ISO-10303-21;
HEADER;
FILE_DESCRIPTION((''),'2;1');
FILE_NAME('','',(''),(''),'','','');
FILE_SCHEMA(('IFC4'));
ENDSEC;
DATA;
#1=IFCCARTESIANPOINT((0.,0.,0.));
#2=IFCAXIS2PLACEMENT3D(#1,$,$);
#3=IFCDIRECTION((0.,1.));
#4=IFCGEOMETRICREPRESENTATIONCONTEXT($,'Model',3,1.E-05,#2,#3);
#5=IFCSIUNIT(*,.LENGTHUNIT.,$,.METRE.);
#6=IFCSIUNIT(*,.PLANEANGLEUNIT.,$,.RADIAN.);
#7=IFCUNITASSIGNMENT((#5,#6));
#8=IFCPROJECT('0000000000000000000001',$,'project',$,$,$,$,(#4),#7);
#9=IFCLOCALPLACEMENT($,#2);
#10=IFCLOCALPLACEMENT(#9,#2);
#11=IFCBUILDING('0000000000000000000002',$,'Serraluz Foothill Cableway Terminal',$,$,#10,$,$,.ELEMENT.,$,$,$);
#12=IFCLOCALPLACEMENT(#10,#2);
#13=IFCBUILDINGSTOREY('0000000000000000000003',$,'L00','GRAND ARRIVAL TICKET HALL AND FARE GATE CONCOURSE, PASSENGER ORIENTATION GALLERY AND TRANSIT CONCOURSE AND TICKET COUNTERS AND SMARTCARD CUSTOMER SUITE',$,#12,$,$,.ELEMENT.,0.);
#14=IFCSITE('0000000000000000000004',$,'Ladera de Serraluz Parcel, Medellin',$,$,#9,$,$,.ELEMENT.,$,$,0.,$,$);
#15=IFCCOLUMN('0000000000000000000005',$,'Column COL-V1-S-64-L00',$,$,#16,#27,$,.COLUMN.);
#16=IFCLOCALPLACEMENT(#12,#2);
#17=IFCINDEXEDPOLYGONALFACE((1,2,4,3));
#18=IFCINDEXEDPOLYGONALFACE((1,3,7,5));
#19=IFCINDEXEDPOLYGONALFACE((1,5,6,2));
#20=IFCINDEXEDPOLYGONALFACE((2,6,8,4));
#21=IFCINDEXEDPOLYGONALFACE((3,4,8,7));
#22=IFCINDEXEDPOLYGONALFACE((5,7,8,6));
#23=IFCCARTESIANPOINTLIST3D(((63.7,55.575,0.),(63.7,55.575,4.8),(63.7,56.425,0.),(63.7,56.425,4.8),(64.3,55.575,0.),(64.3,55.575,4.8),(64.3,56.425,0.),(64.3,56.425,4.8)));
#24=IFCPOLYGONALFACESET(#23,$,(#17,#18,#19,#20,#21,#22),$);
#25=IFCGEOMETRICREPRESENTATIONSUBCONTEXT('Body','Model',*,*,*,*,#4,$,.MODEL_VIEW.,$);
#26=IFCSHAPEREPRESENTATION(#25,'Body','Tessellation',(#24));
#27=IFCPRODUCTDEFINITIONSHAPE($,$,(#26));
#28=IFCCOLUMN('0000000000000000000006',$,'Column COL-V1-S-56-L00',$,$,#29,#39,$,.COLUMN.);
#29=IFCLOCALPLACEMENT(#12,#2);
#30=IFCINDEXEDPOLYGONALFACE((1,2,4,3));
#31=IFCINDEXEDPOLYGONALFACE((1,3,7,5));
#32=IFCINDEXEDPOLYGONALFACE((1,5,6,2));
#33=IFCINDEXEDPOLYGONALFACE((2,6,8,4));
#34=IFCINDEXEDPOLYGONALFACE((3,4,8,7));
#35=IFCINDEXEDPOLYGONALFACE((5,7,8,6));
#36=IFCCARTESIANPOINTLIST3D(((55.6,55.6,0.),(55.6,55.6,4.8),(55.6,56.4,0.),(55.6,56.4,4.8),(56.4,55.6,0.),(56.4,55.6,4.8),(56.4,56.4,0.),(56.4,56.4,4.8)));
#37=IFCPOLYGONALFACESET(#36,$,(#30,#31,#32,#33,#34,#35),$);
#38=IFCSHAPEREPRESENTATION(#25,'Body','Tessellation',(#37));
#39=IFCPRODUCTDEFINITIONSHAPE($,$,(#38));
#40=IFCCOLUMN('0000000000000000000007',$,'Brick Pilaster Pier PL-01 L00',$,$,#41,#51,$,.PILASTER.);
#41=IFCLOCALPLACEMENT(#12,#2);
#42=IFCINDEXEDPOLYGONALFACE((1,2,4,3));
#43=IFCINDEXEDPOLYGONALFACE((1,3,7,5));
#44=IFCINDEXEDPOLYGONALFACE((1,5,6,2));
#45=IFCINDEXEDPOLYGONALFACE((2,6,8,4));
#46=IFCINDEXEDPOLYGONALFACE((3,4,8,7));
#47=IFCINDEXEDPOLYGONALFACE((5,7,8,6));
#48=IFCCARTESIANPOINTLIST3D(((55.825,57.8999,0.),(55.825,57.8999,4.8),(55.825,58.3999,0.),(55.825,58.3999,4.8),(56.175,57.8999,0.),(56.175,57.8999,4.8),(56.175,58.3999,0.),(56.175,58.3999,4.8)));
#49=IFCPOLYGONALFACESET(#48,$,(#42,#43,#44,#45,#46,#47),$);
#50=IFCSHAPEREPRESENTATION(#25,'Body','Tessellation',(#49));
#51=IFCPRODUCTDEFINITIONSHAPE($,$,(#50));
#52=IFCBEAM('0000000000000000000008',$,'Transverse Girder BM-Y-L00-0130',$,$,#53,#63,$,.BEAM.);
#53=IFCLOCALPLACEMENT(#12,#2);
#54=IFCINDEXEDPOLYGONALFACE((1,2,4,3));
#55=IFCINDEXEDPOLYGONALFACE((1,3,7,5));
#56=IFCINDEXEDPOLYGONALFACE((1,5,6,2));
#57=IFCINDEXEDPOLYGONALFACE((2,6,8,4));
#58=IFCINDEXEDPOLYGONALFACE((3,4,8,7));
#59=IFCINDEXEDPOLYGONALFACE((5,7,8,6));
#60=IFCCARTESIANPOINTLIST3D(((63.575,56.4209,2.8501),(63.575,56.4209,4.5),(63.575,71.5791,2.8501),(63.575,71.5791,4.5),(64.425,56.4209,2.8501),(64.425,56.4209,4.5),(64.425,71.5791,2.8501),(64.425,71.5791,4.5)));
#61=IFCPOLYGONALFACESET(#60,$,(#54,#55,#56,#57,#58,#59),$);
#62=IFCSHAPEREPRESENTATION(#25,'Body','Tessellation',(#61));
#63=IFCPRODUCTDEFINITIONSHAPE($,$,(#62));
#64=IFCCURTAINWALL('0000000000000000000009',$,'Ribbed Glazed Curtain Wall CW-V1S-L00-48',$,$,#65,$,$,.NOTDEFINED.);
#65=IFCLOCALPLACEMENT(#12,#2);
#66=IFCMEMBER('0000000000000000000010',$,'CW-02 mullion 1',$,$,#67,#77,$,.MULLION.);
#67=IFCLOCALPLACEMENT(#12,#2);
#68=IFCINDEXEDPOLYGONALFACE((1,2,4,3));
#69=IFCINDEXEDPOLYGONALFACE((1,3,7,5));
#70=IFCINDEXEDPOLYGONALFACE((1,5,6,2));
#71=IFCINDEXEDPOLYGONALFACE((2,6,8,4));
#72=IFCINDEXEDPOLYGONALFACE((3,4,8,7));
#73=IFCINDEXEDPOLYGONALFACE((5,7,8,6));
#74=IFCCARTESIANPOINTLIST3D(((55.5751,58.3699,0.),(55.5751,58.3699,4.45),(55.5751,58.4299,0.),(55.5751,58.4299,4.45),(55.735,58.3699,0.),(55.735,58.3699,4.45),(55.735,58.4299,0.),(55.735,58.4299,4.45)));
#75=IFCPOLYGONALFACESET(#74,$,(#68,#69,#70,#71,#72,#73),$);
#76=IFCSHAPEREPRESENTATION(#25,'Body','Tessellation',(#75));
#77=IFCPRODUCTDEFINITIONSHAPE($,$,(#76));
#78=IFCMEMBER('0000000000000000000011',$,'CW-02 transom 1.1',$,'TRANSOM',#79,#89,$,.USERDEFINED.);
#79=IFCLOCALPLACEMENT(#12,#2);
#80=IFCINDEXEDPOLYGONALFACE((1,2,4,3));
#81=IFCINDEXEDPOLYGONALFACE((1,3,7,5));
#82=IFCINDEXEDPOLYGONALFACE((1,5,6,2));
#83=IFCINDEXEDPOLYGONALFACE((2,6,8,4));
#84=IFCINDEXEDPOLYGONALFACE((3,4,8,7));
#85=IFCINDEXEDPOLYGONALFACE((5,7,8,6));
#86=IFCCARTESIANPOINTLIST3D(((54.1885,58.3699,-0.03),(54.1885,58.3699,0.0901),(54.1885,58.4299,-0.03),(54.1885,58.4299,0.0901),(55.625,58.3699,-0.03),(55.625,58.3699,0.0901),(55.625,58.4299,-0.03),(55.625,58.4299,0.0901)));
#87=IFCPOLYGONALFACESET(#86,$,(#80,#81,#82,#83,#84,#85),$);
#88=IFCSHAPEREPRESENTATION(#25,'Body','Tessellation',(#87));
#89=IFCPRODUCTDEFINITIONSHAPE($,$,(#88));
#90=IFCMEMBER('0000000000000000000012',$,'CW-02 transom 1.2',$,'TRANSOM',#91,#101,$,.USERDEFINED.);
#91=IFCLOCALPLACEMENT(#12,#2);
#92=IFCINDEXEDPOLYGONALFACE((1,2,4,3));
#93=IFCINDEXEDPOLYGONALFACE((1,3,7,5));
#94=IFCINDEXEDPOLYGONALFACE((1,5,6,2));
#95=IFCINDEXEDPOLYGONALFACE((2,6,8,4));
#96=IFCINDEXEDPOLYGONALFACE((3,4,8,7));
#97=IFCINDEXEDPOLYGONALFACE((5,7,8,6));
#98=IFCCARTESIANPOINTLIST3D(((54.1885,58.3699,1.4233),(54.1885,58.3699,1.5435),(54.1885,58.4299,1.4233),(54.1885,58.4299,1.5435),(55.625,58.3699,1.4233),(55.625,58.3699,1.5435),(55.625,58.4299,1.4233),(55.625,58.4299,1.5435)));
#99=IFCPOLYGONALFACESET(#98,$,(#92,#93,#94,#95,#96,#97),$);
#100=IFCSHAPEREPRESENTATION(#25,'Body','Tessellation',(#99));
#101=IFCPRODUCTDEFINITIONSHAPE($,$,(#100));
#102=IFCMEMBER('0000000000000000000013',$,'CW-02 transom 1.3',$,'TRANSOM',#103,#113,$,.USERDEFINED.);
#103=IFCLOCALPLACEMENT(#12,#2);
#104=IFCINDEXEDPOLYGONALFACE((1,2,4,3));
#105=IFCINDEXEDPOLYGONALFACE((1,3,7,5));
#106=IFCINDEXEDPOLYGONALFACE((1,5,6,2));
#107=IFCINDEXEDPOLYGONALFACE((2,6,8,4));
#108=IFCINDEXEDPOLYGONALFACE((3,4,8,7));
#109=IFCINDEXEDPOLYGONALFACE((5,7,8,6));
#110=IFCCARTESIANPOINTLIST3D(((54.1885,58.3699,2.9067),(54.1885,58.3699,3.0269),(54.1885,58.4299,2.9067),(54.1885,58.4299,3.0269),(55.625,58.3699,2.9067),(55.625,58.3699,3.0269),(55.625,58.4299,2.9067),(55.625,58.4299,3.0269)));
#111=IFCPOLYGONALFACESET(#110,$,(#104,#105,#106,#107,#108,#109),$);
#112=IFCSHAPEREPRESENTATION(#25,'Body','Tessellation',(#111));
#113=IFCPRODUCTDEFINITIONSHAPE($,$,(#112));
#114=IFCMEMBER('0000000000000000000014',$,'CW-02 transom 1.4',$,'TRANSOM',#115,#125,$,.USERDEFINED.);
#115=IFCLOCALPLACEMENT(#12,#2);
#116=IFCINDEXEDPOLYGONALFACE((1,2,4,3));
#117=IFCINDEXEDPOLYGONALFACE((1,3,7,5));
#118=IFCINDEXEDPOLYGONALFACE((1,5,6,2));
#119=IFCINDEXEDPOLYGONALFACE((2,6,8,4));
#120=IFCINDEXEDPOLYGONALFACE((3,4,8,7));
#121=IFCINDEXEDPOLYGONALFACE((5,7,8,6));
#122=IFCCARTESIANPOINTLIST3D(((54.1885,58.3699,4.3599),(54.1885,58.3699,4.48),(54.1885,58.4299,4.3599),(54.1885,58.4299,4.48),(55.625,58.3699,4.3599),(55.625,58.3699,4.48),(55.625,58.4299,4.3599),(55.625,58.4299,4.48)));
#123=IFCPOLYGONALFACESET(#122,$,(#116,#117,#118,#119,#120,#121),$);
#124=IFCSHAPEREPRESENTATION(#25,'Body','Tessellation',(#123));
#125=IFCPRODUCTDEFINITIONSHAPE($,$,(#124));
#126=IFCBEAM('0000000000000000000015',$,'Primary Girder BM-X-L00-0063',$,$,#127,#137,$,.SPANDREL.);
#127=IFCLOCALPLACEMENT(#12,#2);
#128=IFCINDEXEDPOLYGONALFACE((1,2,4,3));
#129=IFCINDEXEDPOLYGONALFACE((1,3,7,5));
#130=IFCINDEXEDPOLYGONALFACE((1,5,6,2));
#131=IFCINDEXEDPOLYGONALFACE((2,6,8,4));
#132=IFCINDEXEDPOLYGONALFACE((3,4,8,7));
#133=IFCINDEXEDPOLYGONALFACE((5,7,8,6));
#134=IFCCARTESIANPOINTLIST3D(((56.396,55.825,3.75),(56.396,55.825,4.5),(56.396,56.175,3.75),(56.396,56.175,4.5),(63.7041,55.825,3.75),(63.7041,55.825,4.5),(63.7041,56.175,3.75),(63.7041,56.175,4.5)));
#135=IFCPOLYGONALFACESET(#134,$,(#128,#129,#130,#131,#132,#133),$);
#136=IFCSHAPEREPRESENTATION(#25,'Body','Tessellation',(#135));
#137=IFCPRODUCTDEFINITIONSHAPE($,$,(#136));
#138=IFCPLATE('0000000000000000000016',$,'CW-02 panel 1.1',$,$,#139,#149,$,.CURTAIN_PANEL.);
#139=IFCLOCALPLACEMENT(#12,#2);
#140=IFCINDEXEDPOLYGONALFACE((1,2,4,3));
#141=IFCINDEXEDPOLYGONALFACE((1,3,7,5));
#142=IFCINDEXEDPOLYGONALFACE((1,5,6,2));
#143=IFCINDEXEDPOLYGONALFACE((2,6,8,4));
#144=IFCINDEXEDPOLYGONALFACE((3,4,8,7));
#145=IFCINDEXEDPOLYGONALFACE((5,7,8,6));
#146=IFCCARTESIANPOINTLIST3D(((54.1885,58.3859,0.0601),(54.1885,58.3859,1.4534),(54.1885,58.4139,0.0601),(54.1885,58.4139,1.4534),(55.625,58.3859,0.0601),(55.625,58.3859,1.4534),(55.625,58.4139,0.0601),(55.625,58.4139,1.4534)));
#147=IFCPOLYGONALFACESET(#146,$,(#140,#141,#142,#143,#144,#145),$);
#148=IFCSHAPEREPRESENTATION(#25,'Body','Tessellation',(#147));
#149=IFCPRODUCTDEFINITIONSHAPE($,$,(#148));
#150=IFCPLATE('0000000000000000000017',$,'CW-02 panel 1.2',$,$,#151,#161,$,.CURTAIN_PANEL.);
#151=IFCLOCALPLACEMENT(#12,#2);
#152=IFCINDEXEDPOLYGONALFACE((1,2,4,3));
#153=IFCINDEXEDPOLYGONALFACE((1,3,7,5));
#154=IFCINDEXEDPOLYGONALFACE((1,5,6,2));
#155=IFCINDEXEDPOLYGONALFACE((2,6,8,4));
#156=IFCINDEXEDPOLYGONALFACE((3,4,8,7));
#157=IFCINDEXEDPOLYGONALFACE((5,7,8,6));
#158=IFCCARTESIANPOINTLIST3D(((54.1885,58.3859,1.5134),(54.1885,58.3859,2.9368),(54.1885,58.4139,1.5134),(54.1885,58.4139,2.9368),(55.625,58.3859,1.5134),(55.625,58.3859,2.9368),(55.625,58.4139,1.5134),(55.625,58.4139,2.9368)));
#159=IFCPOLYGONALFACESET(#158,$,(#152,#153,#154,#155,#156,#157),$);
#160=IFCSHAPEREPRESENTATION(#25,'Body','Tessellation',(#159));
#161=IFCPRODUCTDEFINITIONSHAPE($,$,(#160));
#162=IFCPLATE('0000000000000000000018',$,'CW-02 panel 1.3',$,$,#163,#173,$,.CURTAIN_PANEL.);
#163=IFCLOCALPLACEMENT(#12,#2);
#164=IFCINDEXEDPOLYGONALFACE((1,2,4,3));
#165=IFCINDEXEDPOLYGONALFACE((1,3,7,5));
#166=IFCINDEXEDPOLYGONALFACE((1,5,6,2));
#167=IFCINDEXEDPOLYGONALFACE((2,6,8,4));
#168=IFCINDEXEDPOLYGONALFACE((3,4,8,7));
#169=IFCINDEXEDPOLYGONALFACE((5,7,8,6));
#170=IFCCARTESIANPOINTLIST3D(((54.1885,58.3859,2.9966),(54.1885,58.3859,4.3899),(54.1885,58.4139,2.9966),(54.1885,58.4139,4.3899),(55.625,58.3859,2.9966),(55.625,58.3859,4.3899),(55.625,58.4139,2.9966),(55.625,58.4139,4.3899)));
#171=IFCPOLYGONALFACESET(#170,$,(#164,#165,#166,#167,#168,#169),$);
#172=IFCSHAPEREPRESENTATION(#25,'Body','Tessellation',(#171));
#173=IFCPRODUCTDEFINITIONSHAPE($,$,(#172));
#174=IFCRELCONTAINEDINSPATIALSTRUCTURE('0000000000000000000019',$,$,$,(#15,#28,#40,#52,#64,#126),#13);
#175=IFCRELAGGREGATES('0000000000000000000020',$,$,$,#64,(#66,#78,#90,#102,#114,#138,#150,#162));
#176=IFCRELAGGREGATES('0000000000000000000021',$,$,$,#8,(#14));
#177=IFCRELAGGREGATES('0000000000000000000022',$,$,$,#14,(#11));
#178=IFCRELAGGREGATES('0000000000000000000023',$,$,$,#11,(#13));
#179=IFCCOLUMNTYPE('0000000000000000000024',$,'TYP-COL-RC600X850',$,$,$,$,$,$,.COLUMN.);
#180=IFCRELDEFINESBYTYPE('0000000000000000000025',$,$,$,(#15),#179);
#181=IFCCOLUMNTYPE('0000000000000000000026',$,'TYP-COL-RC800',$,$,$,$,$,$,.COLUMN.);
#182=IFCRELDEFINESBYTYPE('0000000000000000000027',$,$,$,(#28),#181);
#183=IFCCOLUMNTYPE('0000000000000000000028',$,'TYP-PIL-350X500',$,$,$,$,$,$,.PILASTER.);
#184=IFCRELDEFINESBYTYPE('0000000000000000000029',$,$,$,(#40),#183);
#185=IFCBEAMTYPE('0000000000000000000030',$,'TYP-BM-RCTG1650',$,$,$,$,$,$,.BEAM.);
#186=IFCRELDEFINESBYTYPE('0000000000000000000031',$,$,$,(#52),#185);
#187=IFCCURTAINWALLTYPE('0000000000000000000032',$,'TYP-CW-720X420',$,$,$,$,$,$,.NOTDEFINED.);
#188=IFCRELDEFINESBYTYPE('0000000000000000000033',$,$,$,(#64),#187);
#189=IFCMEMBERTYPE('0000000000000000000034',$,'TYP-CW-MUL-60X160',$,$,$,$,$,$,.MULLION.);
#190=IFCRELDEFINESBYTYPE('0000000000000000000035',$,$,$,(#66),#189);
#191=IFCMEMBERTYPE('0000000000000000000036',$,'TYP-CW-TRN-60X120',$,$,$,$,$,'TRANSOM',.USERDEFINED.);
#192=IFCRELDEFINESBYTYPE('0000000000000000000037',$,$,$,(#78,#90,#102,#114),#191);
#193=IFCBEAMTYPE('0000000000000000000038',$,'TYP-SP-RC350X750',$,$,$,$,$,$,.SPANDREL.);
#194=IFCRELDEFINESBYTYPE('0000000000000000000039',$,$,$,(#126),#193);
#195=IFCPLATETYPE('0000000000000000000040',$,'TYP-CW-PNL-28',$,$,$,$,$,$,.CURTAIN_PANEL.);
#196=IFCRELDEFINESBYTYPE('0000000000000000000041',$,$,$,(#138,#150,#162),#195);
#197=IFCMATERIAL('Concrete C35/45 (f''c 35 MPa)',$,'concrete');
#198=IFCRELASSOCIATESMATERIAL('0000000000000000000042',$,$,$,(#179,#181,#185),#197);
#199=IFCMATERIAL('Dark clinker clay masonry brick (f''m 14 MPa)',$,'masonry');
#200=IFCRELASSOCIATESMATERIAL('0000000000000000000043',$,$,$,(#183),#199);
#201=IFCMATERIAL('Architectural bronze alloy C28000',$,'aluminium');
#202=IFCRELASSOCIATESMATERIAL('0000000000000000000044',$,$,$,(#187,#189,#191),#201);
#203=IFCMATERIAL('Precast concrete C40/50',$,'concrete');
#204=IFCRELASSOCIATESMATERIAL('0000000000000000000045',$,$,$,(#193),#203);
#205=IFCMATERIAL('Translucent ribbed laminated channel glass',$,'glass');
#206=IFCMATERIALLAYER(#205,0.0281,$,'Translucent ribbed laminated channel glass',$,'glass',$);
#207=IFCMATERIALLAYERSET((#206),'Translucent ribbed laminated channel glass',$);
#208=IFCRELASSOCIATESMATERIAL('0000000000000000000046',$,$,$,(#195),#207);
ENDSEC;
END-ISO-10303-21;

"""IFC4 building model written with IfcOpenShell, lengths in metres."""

from ifc_helpers import new_model, si_unit, direction, frame, origin, origin_2d, place, context, subcontext, project, spatial, rectangle, extrude, material, layer, layer_set, material_profile, profile_set, type_object, element, aggregate, save


model = new_model("IFC4")

# Units and contexts
model_context = context("Model", 3, precision=1e-05, world=origin(), true_north=direction((0.0, 1.0)))
body_context = subcontext(model_context, "Body", "Model", "MODEL_VIEW")
ifc_project = project(units=[si_unit("LENGTHUNIT", "METRE"), si_unit("PLANEANGLEUNIT", "RADIAN")], contexts=[model_context])

# Site, building, storey
site_placement = place(None, origin())
site = spatial("IfcSite", under=ifc_project, at=site_placement, Name="Ladera de Serraluz Parcel, Medellin", CompositionType="ELEMENT", RefElevation=0.0)
building_placement = place(site_placement, origin())
building = spatial("IfcBuilding", under=site, at=building_placement, Name="Serraluz Foothill Cableway Terminal", CompositionType="ELEMENT")
storey_placement = place(building_placement, origin())
storey = spatial("IfcBuildingStorey", under=building, at=storey_placement, Name="L00", Description="GRAND ARRIVAL TICKET HALL AND FARE GATE CONCOURSE, PASSENGER ORIENTATION GALLERY AND TRANSIT CONCOURSE AND TICKET COUNTERS AND SMARTCARD CUSTOMER SUITE", CompositionType="ELEMENT", Elevation=0.0)

# Shared definitions
ifc_material_1 = material(Name="Concrete C35/45 (f'c 35 MPa)", Category="concrete")

# Columns
ifc_material_profile_1 = material_profile(ifc_material_1, rectangle(XDim=0.6001, YDim=0.8501, at=origin_2d()), Name="RC 600x850")
ifc_profile_set_1 = profile_set([ifc_material_profile_1], Name="Concrete C35/45 (f'c 35 MPa)")
column_type_1 = type_object("IfcColumnType", Name="TYP-COL-RC600X850", PredefinedType="COLUMN", material=ifc_profile_set_1)
column_1_placement = place(storey_placement, frame((64.0, 56.0, 0.0), z_axis=(0.0, 0.0, 1.0), x_axis=(1.0, 0.0, 0.0)))
element("IfcColumn", 1, at=column_1_placement, inside=storey, type_object=column_type_1, Name="Column COL-V1-S-64-L00", PredefinedType="COLUMN", context=body_context, shape_type="SweptSolid", body=[
    extrude(rectangle(XDim=0.6001, YDim=0.8501, at=origin_2d()), origin(), (0.0, 0.0, 1.0), 4.8),
])
ifc_material_profile_2 = material_profile(ifc_material_1, rectangle(XDim=0.8, YDim=0.8, at=origin_2d()), Name="RC 800x800")
ifc_profile_set_2 = profile_set([ifc_material_profile_2], Name="Concrete C35/45 (f'c 35 MPa)")
column_type_2 = type_object("IfcColumnType", Name="TYP-COL-RC800", PredefinedType="COLUMN", material=ifc_profile_set_2)
column_2_placement = place(storey_placement, frame((56.0, 56.0, 0.0), z_axis=(0.0, 0.0, 1.0), x_axis=(1.0, 0.0, 0.0)))
element("IfcColumn", 2, at=column_2_placement, inside=storey, type_object=column_type_2, Name="Column COL-V1-S-56-L00", PredefinedType="COLUMN", context=body_context, shape_type="SweptSolid", body=[
    extrude(rectangle(XDim=0.8, YDim=0.8, at=origin_2d()), origin(), (0.0, 0.0, 1.0), 4.8),
])
ifc_material_2 = material(Name="Dark clinker clay masonry brick (f'm 14 MPa)", Category="masonry")
ifc_material_profile_3 = material_profile(ifc_material_2, rectangle(XDim=0.3501, YDim=0.5, at=origin_2d()), Name="PIL 350x500")
ifc_profile_set_3 = profile_set([ifc_material_profile_3], Name="Dark clinker clay masonry brick (f'm 14 MPa)")
column_type_3 = type_object("IfcColumnType", Name="TYP-PIL-350X500", PredefinedType="PILASTER", material=ifc_profile_set_3)
column_3_placement = place(storey_placement, frame((56.0, 58.1499, 0.0), z_axis=(0.0, 0.0, 1.0), x_axis=(1.0, 0.0, 0.0)))
element("IfcColumn", 3, at=column_3_placement, inside=storey, type_object=column_type_3, Name="Brick Pilaster Pier PL-01 L00", PredefinedType="PILASTER", context=body_context, shape_type="SweptSolid", body=[
    extrude(rectangle(XDim=0.3501, YDim=0.5, at=origin_2d()), origin(), (0.0, 0.0, 1.0), 4.8),
])

# Beam
ifc_material_profile_4 = material_profile(ifc_material_1, rectangle(XDim=0.8501, YDim=1.6499, at=origin_2d()), Name="RC TG 850x1650")
ifc_profile_set_4 = profile_set([ifc_material_profile_4], Name="Concrete C35/45 (f'c 35 MPa)")
beam_type_1 = type_object("IfcBeamType", Name="TYP-BM-RCTG1650", PredefinedType="BEAM", material=ifc_profile_set_4)
beam_1_placement = place(storey_placement, frame((64.0, 56.4209, 3.675), z_axis=(0.0, 1.0, 0.0), x_axis=(-1.0, 0.0, 0.0)))
element("IfcBeam", 4, at=beam_1_placement, inside=storey, type_object=beam_type_1, Name="Transverse Girder BM-Y-L00-0130", PredefinedType="BEAM", context=body_context, shape_type="SweptSolid", body=[
    extrude(rectangle(XDim=0.8501, YDim=1.6499, at=origin_2d()), origin(), (0.0, 0.0, 1.0), 15.1582),
])

# Curtain wall, members
ifc_material_3 = material(Name="Architectural bronze alloy C28000", Category="aluminium")
curtain_wall_type = type_object("IfcCurtainWallType", Name="TYP-CW-720X420", PredefinedType="NOTDEFINED", material=ifc_material_3)
curtain_wall_placement = place(storey_placement, origin())
curtain_wall = element("IfcCurtainWall", 5, at=curtain_wall_placement, inside=storey, type_object=curtain_wall_type, Name="Ribbed Glazed Curtain Wall CW-V1S-L00-48", PredefinedType="NOTDEFINED")
ifc_material_profile_5 = material_profile(ifc_material_3, rectangle(XDim=0.0601, YDim=0.1599, at=origin_2d()), Name="ALU MULLION 60x160")
ifc_profile_set_5 = profile_set([ifc_material_profile_5], Name="Architectural bronze alloy C28000")
member_type_1 = type_object("IfcMemberType", Name="TYP-CW-MUL-60X160", PredefinedType="MULLION", material=ifc_profile_set_5)
member_1_placement = place(storey_placement, frame((55.655, 58.3999, 0.0), z_axis=(0.0, 0.0, 1.0), x_axis=(0.0, -1.0, 0.0)))
member_1 = element("IfcMember", 6, at=member_1_placement, type_object=member_type_1, Name="CW-02 mullion 1", PredefinedType="MULLION", context=body_context, shape_type="SweptSolid", body=[
    extrude(rectangle(XDim=0.0601, YDim=0.1599, at=origin_2d()), origin(), (0.0, 0.0, 1.0), 4.45),
])
ifc_material_profile_6 = material_profile(ifc_material_3, rectangle(XDim=0.0601, YDim=0.1201, at=origin_2d()), Name="ALU TRANSOM 60x120")
ifc_profile_set_6 = profile_set([ifc_material_profile_6], Name="Architectural bronze alloy C28000")
member_type_2 = type_object("IfcMemberType", Name="TYP-CW-TRN-60X120", ElementType="TRANSOM", PredefinedType="USERDEFINED", material=ifc_profile_set_6)
member_2_placement = place(storey_placement, frame((55.625, 58.3999, 0.03), z_axis=(-1.0, 0.0, 0.0), x_axis=(0.0, -1.0, 0.0)))
member_2 = element("IfcMember", 7, at=member_2_placement, type_object=member_type_2, Name="CW-02 transom 1.1", ObjectType="TRANSOM", PredefinedType="USERDEFINED", context=body_context, shape_type="SweptSolid", body=[
    extrude(rectangle(XDim=0.0601, YDim=0.1201, at=origin_2d()), origin(), (0.0, 0.0, 1.0), 1.4365),
])
member_3_placement = place(storey_placement, frame((55.625, 58.3999, 1.4834), z_axis=(-1.0, 0.0, 0.0), x_axis=(0.0, -1.0, 0.0)))
member_3 = element("IfcMember", 8, at=member_3_placement, type_object=member_type_2, Name="CW-02 transom 1.2", ObjectType="TRANSOM", PredefinedType="USERDEFINED", context=body_context, shape_type="SweptSolid", body=[
    extrude(rectangle(XDim=0.0601, YDim=0.1201, at=origin_2d()), origin(), (0.0, 0.0, 1.0), 1.4365),
])
member_4_placement = place(storey_placement, frame((55.625, 58.3999, 2.9668), z_axis=(-1.0, 0.0, 0.0), x_axis=(0.0, -1.0, 0.0)))
member_4 = element("IfcMember", 9, at=member_4_placement, type_object=member_type_2, Name="CW-02 transom 1.3", ObjectType="TRANSOM", PredefinedType="USERDEFINED", context=body_context, shape_type="SweptSolid", body=[
    extrude(rectangle(XDim=0.0601, YDim=0.1201, at=origin_2d()), origin(), (0.0, 0.0, 1.0), 1.4365),
])
member_5_placement = place(storey_placement, frame((55.625, 58.3999, 4.4199), z_axis=(-1.0, 0.0, 0.0), x_axis=(0.0, -1.0, 0.0)))
member_5 = element("IfcMember", 10, at=member_5_placement, type_object=member_type_2, Name="CW-02 transom 1.4", ObjectType="TRANSOM", PredefinedType="USERDEFINED", context=body_context, shape_type="SweptSolid", body=[
    extrude(rectangle(XDim=0.0601, YDim=0.1201, at=origin_2d()), origin(), (0.0, 0.0, 1.0), 1.4365),
])

# Beam
ifc_material_4 = material(Name="Precast concrete C40/50", Category="concrete")
ifc_material_profile_7 = material_profile(ifc_material_4, rectangle(XDim=0.3501, YDim=0.75, at=origin_2d()), Name="RC SP 350x750")
ifc_profile_set_7 = profile_set([ifc_material_profile_7], Name="Precast concrete C40/50")
beam_type_2 = type_object("IfcBeamType", Name="TYP-SP-RC350X750", PredefinedType="SPANDREL", material=ifc_profile_set_7)
beam_2_placement = place(storey_placement, frame((56.396, 56.0, 4.125), z_axis=(1.0, 0.0, 0.0), x_axis=(0.0, 1.0, 0.0)))
element("IfcBeam", 11, at=beam_2_placement, inside=storey, type_object=beam_type_2, Name="Primary Girder BM-X-L00-0063", PredefinedType="SPANDREL", context=body_context, shape_type="SweptSolid", body=[
    extrude(rectangle(XDim=0.3501, YDim=0.75, at=origin_2d()), origin(), (0.0, 0.0, 1.0), 7.3081),
])

# Plates
ifc_material_5 = material(Name="Translucent ribbed laminated channel glass", Category="glass")
ifc_layer = layer(ifc_material_5, 0.0281, Name="Translucent ribbed laminated channel glass", Category="glass")
ifc_layer_set = layer_set([ifc_layer], Name="Translucent ribbed laminated channel glass")
plate_type = type_object("IfcPlateType", Name="TYP-CW-PNL-28", PredefinedType="CURTAIN_PANEL", material=ifc_layer_set)
plate_1_placement = place(storey_placement, frame((54.9067, 58.3999, 0.0601), z_axis=(0.0, 0.0, 1.0), x_axis=(-1.0, 0.0, 0.0)))
plate_1 = element("IfcPlate", 12, at=plate_1_placement, type_object=plate_type, Name="CW-02 panel 1.1", PredefinedType="CURTAIN_PANEL", context=body_context, shape_type="SweptSolid", body=[
    extrude(rectangle(XDim=1.4365, YDim=0.0281, at=origin_2d()), origin(), (0.0, 0.0, 1.0), 1.3933),
])
plate_2_placement = place(storey_placement, frame((54.9067, 58.3999, 1.5134), z_axis=(0.0, 0.0, 1.0), x_axis=(-1.0, 0.0, 0.0)))
plate_2 = element("IfcPlate", 13, at=plate_2_placement, type_object=plate_type, Name="CW-02 panel 1.2", PredefinedType="CURTAIN_PANEL", context=body_context, shape_type="SweptSolid", body=[
    extrude(rectangle(XDim=1.4365, YDim=0.0281, at=origin_2d()), origin(), (0.0, 0.0, 1.0), 1.4233),
])
plate_3_placement = place(storey_placement, frame((54.9067, 58.3999, 2.9966), z_axis=(0.0, 0.0, 1.0), x_axis=(-1.0, 0.0, 0.0)))
plate_3 = element("IfcPlate", 14, at=plate_3_placement, type_object=plate_type, Name="CW-02 panel 1.3", PredefinedType="CURTAIN_PANEL", context=body_context, shape_type="SweptSolid", body=[
    extrude(rectangle(XDim=1.4365, YDim=0.0281, at=origin_2d()), origin(), (0.0, 0.0, 1.0), 1.3933),
])
aggregate(curtain_wall, [member_1, member_2, member_3, member_4, member_5, plate_1, plate_2, plate_3])

save(model, "model.ifc")
